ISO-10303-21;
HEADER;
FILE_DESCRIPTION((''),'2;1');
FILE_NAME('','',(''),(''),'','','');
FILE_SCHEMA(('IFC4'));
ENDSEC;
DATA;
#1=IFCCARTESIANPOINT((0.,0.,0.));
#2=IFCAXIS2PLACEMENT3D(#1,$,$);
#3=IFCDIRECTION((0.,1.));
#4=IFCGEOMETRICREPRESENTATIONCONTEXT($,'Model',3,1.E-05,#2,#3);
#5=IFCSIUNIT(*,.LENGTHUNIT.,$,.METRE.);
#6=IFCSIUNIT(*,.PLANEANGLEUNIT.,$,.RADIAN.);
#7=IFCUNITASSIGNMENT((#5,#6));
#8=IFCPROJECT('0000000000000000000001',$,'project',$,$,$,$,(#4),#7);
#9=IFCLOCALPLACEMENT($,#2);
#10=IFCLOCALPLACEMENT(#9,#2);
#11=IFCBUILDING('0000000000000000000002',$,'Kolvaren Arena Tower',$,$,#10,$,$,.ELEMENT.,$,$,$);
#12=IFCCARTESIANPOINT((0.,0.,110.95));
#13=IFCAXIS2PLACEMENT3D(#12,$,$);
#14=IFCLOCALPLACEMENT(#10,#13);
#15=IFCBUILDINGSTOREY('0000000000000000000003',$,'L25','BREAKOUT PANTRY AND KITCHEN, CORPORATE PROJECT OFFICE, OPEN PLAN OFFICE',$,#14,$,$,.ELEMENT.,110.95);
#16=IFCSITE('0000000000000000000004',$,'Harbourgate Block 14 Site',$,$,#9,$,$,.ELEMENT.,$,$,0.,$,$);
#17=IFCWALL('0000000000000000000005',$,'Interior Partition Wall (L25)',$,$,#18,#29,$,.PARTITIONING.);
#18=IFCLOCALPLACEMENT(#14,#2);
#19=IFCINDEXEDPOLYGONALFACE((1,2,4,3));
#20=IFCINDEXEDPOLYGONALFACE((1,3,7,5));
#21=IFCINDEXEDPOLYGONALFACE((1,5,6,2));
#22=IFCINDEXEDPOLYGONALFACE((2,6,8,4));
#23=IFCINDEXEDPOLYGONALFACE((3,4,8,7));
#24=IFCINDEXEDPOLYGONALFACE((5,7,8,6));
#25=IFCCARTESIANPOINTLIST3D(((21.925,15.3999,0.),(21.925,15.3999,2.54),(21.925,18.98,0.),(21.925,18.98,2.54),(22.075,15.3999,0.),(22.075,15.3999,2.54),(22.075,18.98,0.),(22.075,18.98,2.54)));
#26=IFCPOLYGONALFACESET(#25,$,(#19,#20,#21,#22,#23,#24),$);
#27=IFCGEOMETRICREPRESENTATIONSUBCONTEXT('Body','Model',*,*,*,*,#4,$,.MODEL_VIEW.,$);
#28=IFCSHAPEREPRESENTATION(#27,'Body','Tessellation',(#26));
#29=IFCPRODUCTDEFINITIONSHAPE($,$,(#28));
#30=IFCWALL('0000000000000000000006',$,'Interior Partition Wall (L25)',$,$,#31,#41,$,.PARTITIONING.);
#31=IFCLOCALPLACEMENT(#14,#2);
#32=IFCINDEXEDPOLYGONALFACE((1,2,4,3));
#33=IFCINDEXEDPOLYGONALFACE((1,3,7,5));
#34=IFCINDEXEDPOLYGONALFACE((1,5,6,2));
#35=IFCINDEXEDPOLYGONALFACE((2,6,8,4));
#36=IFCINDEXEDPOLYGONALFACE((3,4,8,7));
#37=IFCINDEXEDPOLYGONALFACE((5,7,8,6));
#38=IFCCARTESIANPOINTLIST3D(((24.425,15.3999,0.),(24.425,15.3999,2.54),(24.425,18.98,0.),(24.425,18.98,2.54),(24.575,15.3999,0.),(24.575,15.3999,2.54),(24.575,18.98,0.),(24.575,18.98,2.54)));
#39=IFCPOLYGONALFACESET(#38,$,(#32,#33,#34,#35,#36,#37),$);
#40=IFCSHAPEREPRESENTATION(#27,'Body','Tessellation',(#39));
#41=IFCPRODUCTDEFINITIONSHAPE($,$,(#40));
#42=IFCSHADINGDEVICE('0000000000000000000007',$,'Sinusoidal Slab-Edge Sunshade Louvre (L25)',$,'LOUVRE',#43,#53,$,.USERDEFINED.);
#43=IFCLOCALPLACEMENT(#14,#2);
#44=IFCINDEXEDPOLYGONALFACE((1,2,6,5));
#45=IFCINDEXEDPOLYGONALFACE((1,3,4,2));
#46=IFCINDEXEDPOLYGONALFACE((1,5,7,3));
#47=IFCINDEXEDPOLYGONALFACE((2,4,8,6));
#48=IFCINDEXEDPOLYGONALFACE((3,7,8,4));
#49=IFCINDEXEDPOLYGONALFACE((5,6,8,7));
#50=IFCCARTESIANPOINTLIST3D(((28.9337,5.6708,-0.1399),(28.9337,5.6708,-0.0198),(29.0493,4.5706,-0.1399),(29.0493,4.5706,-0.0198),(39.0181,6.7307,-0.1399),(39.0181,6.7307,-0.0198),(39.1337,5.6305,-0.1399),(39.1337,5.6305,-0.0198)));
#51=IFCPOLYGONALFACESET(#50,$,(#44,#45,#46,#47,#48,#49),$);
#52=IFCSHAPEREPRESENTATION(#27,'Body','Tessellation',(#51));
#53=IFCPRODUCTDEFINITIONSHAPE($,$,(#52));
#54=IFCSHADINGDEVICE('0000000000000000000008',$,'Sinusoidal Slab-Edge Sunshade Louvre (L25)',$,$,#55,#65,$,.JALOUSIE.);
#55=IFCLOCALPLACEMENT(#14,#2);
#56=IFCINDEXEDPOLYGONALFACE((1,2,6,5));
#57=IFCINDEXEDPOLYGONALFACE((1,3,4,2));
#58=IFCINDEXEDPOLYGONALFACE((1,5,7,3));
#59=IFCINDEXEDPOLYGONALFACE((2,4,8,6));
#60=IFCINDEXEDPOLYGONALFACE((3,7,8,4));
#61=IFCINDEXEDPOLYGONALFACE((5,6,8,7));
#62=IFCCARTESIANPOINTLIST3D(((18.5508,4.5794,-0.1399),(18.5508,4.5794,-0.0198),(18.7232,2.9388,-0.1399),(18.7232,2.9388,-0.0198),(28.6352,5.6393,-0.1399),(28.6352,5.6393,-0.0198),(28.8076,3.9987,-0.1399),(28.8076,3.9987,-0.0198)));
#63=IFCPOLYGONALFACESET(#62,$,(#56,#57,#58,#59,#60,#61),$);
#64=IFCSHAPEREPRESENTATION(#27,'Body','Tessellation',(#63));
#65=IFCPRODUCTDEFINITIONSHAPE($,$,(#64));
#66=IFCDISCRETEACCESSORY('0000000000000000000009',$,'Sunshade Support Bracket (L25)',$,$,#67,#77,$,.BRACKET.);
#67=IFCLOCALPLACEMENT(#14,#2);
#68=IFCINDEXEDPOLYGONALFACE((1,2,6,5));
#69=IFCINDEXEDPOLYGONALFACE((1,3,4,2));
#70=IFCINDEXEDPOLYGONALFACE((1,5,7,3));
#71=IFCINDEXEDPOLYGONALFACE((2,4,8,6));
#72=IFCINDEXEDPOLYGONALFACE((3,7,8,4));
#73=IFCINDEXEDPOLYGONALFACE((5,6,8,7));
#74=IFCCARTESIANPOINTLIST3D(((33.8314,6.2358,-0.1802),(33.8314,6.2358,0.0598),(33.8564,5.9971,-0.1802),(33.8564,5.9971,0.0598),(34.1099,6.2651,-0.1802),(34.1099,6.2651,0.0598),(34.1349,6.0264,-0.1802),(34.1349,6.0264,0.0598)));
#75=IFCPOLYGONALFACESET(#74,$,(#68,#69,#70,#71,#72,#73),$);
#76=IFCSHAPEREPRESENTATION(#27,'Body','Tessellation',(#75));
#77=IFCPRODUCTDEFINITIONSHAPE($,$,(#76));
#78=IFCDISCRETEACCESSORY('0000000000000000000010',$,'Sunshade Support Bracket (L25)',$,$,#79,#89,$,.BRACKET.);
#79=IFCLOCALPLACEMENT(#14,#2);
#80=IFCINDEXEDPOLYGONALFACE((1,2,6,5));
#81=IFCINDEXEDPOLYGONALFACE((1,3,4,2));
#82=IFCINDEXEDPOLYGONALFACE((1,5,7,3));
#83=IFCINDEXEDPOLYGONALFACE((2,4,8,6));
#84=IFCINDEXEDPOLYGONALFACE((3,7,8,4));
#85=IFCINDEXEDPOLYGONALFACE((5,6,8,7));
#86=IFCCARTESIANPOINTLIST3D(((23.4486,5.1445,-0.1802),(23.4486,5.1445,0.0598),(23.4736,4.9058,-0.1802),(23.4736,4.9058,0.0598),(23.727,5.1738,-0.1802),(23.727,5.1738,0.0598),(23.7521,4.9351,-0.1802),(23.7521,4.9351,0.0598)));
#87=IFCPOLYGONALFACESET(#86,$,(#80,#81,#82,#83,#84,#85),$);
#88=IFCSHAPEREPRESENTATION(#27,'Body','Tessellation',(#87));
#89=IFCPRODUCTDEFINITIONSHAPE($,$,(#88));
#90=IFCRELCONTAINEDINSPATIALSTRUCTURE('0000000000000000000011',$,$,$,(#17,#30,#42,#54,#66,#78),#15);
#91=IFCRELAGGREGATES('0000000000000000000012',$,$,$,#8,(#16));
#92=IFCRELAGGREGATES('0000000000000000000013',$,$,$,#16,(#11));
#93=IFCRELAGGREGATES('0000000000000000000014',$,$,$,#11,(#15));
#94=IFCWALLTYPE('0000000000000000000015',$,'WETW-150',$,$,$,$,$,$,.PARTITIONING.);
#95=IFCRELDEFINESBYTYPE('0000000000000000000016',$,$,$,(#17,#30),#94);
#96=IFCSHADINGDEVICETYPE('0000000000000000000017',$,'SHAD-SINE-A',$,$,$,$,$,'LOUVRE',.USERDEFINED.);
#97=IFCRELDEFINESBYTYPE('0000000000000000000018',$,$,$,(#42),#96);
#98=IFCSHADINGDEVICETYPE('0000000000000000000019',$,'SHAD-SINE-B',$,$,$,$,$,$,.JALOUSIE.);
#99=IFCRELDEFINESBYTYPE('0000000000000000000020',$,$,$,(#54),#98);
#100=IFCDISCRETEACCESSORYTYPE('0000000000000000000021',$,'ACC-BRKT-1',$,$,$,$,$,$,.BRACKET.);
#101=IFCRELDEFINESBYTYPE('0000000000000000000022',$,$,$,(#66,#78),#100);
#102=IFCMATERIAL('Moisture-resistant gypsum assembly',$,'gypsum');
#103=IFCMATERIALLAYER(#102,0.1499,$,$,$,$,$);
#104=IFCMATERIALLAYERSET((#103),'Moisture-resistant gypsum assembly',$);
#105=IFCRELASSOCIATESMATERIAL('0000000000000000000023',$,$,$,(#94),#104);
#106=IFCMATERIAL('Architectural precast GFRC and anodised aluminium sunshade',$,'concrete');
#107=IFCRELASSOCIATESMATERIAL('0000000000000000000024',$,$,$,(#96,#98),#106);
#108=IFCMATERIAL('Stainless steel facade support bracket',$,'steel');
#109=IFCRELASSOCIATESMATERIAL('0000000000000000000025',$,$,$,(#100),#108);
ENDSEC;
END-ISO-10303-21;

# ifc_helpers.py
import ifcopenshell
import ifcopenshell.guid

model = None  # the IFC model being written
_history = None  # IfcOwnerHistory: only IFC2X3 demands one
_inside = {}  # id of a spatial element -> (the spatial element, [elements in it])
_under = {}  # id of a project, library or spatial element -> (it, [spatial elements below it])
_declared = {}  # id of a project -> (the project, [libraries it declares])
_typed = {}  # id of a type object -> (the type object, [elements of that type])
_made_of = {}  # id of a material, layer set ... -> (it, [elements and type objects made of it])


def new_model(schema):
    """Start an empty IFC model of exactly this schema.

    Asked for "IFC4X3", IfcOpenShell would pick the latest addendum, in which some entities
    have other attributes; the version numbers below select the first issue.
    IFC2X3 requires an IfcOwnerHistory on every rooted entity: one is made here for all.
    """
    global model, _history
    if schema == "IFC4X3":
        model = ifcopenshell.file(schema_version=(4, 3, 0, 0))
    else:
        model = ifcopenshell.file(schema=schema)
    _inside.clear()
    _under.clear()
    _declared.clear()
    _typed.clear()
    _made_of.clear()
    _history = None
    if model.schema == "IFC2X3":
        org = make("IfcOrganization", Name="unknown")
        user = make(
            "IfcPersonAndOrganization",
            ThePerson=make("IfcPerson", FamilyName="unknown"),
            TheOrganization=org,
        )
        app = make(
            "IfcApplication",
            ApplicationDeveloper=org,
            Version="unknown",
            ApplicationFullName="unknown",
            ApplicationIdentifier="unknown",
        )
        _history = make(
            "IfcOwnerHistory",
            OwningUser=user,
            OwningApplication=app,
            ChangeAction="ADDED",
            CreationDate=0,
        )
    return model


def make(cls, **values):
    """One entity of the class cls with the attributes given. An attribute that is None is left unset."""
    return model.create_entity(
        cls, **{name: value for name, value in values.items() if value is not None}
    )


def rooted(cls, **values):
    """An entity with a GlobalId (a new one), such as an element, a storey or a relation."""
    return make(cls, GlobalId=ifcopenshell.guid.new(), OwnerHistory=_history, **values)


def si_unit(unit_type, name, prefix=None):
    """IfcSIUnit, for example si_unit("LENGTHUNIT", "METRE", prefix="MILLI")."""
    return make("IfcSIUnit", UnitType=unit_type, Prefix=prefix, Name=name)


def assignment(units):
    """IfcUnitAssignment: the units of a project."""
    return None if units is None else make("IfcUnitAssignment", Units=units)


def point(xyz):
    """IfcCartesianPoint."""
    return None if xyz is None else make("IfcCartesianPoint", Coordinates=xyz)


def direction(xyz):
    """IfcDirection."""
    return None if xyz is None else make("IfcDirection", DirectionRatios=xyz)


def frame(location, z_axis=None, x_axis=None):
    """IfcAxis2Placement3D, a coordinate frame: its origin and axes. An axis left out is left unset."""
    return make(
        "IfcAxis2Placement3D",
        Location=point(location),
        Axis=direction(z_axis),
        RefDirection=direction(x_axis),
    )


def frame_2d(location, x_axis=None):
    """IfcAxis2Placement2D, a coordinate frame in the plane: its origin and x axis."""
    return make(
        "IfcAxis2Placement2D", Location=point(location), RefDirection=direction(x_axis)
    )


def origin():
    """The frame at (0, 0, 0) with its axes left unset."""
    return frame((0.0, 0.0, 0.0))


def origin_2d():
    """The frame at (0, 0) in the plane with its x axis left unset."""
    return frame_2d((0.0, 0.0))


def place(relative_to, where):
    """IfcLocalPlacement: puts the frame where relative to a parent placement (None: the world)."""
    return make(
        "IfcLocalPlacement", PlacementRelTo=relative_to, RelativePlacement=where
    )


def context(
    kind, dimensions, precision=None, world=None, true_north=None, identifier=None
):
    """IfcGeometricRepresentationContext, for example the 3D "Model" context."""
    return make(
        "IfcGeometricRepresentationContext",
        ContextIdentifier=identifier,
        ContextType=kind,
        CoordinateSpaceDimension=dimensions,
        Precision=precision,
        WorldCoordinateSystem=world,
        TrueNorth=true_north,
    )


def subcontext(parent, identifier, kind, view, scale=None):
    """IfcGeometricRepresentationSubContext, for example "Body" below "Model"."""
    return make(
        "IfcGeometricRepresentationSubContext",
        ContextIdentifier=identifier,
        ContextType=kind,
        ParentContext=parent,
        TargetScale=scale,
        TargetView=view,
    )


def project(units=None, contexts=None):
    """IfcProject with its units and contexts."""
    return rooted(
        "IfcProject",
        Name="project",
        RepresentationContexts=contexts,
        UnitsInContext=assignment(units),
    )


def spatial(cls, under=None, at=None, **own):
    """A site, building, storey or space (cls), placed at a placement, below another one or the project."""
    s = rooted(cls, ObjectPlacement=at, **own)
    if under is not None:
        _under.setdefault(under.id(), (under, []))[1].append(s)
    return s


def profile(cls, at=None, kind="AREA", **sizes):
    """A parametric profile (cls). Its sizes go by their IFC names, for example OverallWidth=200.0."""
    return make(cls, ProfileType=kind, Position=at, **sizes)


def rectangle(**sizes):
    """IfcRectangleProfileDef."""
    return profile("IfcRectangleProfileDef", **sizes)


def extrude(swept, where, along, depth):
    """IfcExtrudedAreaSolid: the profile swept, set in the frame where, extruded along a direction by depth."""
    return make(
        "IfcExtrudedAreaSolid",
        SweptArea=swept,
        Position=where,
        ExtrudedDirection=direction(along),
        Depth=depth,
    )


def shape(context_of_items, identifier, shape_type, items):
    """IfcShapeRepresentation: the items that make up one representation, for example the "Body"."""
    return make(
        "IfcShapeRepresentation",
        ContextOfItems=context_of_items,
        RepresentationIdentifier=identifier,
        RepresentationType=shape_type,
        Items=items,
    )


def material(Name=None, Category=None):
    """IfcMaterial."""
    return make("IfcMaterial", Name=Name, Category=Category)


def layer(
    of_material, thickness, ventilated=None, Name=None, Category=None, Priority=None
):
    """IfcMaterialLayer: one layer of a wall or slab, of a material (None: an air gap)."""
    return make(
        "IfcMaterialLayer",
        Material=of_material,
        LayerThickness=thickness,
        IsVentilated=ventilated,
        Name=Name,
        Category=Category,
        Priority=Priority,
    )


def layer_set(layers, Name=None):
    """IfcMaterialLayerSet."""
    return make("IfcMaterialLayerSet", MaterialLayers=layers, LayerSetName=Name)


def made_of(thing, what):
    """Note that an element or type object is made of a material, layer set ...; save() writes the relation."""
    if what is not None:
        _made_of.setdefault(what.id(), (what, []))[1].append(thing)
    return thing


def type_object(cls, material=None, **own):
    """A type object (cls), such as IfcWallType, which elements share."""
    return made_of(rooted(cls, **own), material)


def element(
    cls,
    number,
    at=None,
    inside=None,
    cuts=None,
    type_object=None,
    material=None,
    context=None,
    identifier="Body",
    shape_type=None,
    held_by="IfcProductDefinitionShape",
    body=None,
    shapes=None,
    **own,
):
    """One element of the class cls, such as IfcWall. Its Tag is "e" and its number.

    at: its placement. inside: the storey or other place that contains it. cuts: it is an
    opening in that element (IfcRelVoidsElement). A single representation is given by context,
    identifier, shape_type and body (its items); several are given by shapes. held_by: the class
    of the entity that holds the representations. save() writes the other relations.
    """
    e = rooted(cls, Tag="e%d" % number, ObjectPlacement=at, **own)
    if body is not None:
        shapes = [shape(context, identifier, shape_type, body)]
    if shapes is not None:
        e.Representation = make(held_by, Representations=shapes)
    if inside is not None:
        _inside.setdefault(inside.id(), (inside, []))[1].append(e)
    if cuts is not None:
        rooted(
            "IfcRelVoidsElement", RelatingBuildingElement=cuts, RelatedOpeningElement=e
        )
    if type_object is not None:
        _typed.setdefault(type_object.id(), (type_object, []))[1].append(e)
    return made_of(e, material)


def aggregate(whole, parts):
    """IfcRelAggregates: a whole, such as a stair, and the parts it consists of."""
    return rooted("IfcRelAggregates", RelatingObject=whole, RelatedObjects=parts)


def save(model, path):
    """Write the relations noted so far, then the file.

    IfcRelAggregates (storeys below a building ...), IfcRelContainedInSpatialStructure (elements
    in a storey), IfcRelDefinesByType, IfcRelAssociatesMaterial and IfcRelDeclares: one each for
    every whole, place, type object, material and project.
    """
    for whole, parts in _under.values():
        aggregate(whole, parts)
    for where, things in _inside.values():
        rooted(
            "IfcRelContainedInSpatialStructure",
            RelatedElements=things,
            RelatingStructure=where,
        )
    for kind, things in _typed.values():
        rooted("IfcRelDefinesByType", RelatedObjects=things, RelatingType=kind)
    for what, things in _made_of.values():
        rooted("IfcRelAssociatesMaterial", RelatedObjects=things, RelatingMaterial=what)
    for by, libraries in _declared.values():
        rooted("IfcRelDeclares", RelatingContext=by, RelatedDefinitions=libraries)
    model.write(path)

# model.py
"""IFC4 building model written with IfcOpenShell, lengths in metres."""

from ifc_helpers import new_model, si_unit, direction, frame, frame_2d, origin, origin_2d, place, context, subcontext, project, spatial, rectangle, extrude, material, layer, layer_set, type_object, element, save


model = new_model("IFC4")

# Units and contexts
model_context = context("Model", 3, precision=1e-05, world=origin(), true_north=direction((0.0, 1.0)))
body_context = subcontext(model_context, "Body", "Model", "MODEL_VIEW")
ifc_project = project(units=[si_unit("LENGTHUNIT", "METRE"), si_unit("PLANEANGLEUNIT", "RADIAN")], contexts=[model_context])

# Site, building, storey
site_placement = place(None, origin())
site = spatial("IfcSite", under=ifc_project, at=site_placement, Name="Harbourgate Block 14 Site", CompositionType="ELEMENT", RefElevation=0.0)
building_placement = place(site_placement, origin())
building = spatial("IfcBuilding", under=site, at=building_placement, Name="Kolvaren Arena Tower", CompositionType="ELEMENT")
storey_placement = place(building_placement, frame((0.0, 0.0, 110.95)))
storey = spatial("IfcBuildingStorey", under=building, at=storey_placement, Name="L25", Description="BREAKOUT PANTRY AND KITCHEN, CORPORATE PROJECT OFFICE, OPEN PLAN OFFICE", CompositionType="ELEMENT", Elevation=110.95)

# Walls
ifc_material_1 = material(Name="Moisture-resistant gypsum assembly", Category="gypsum")
ifc_layer_1 = layer(ifc_material_1, 0.1499)
ifc_layer_set_1 = layer_set([ifc_layer_1], Name="Moisture-resistant gypsum assembly")
wall_type_1 = type_object("IfcWallType", Name="WETW-150", PredefinedType="PARTITIONING", material=ifc_layer_set_1)
for number, where, z_axis, x_axis, name in (
    (1, (22.0, 15.3999, 0.0), (0.0, 0.0, 1.0), (0.0, 1.0, 0.0), "Interior Partition Wall (L25)"),
    (2, (24.5, 15.3999, 0.0), (0.0, 0.0, 1.0), (0.0, 1.0, 0.0), "Interior Partition Wall (L25)"),
):
    element("IfcWall", number, at=place(storey_placement, frame(where, z_axis=z_axis, x_axis=x_axis)), inside=storey, type_object=wall_type_1, Name=name, PredefinedType="PARTITIONING", context=body_context, shape_type="SweptSolid", body=[
        extrude(rectangle(XDim=3.5801, YDim=0.1499, at=frame_2d((1.79, 0.0))), origin(), (0.0, 0.0, 1.0), 2.54),
    ])

# Shading devices
ifc_material_2 = material(Name="Architectural precast GFRC and anodised aluminium sunshade", Category="concrete")
shading_device_type_1 = type_object("IfcShadingDeviceType", Name="SHAD-SINE-A", ElementType="LOUVRE", PredefinedType="USERDEFINED", material=ifc_material_2)
shading_device_1_placement = place(storey_placement, frame((34.0337, 5.6506, -0.1399), z_axis=(0.0, 0.0, 1.0), x_axis=(-0.994522, -0.104527, 0.0)))
element("IfcShadingDevice", 3, at=shading_device_1_placement, inside=storey, type_object=shading_device_type_1, Name="Sinusoidal Slab-Edge Sunshade Louvre (L25)", ObjectType="LOUVRE", PredefinedType="USERDEFINED", context=body_context, shape_type="SweptSolid", body=[
    extrude(rectangle(XDim=10.1399, YDim=1.1062, at=origin_2d()), origin(), (0.0, 0.0, 1.0), 0.1201),
])
shading_device_type_2 = type_object("IfcShadingDeviceType", Name="SHAD-SINE-B", PredefinedType="JALOUSIE", material=ifc_material_2)
shading_device_2_placement = place(storey_placement, frame((23.6792, 4.2891, -0.1399), z_axis=(0.0, 0.0, 1.0), x_axis=(-0.994522, -0.104527, 0.0)))
element("IfcShadingDevice", 4, at=shading_device_2_placement, inside=storey, type_object=shading_device_type_2, Name="Sinusoidal Slab-Edge Sunshade Louvre (L25)", PredefinedType="JALOUSIE", context=body_context, shape_type="SweptSolid", body=[
    extrude(rectangle(XDim=10.1399, YDim=1.6497, at=origin_2d()), origin(), (0.0, 0.0, 1.0), 0.1201),
])

# Discrete accessories
ifc_material_3 = material(Name="Stainless steel facade support bracket", Category="steel")
discrete_accessory_type = type_object("IfcDiscreteAccessoryType", Name="ACC-BRKT-1", PredefinedType="BRACKET", material=ifc_material_3)
for number, where, z_axis, x_axis, name in (
    (5, (33.9832, 6.1311, -0.1802), (0.0, 0.0, 1.0), (-0.994522, -0.104527, 0.0), "Sunshade Support Bracket (L25)"),
    (6, (23.6003, 5.0398, -0.1802), (0.0, 0.0, 1.0), (-0.994522, -0.104527, 0.0), "Sunshade Support Bracket (L25)"),
):
    element("IfcDiscreteAccessory", number, at=place(storey_placement, frame(where, z_axis=z_axis, x_axis=x_axis)), inside=storey, type_object=discrete_accessory_type, Name=name, PredefinedType="BRACKET", context=body_context, shape_type="SweptSolid", body=[
        extrude(rectangle(XDim=0.28, YDim=0.24, at=origin_2d()), origin(), (0.0, 0.0, 1.0), 0.24),
    ])

save(model, "model.ifc")
